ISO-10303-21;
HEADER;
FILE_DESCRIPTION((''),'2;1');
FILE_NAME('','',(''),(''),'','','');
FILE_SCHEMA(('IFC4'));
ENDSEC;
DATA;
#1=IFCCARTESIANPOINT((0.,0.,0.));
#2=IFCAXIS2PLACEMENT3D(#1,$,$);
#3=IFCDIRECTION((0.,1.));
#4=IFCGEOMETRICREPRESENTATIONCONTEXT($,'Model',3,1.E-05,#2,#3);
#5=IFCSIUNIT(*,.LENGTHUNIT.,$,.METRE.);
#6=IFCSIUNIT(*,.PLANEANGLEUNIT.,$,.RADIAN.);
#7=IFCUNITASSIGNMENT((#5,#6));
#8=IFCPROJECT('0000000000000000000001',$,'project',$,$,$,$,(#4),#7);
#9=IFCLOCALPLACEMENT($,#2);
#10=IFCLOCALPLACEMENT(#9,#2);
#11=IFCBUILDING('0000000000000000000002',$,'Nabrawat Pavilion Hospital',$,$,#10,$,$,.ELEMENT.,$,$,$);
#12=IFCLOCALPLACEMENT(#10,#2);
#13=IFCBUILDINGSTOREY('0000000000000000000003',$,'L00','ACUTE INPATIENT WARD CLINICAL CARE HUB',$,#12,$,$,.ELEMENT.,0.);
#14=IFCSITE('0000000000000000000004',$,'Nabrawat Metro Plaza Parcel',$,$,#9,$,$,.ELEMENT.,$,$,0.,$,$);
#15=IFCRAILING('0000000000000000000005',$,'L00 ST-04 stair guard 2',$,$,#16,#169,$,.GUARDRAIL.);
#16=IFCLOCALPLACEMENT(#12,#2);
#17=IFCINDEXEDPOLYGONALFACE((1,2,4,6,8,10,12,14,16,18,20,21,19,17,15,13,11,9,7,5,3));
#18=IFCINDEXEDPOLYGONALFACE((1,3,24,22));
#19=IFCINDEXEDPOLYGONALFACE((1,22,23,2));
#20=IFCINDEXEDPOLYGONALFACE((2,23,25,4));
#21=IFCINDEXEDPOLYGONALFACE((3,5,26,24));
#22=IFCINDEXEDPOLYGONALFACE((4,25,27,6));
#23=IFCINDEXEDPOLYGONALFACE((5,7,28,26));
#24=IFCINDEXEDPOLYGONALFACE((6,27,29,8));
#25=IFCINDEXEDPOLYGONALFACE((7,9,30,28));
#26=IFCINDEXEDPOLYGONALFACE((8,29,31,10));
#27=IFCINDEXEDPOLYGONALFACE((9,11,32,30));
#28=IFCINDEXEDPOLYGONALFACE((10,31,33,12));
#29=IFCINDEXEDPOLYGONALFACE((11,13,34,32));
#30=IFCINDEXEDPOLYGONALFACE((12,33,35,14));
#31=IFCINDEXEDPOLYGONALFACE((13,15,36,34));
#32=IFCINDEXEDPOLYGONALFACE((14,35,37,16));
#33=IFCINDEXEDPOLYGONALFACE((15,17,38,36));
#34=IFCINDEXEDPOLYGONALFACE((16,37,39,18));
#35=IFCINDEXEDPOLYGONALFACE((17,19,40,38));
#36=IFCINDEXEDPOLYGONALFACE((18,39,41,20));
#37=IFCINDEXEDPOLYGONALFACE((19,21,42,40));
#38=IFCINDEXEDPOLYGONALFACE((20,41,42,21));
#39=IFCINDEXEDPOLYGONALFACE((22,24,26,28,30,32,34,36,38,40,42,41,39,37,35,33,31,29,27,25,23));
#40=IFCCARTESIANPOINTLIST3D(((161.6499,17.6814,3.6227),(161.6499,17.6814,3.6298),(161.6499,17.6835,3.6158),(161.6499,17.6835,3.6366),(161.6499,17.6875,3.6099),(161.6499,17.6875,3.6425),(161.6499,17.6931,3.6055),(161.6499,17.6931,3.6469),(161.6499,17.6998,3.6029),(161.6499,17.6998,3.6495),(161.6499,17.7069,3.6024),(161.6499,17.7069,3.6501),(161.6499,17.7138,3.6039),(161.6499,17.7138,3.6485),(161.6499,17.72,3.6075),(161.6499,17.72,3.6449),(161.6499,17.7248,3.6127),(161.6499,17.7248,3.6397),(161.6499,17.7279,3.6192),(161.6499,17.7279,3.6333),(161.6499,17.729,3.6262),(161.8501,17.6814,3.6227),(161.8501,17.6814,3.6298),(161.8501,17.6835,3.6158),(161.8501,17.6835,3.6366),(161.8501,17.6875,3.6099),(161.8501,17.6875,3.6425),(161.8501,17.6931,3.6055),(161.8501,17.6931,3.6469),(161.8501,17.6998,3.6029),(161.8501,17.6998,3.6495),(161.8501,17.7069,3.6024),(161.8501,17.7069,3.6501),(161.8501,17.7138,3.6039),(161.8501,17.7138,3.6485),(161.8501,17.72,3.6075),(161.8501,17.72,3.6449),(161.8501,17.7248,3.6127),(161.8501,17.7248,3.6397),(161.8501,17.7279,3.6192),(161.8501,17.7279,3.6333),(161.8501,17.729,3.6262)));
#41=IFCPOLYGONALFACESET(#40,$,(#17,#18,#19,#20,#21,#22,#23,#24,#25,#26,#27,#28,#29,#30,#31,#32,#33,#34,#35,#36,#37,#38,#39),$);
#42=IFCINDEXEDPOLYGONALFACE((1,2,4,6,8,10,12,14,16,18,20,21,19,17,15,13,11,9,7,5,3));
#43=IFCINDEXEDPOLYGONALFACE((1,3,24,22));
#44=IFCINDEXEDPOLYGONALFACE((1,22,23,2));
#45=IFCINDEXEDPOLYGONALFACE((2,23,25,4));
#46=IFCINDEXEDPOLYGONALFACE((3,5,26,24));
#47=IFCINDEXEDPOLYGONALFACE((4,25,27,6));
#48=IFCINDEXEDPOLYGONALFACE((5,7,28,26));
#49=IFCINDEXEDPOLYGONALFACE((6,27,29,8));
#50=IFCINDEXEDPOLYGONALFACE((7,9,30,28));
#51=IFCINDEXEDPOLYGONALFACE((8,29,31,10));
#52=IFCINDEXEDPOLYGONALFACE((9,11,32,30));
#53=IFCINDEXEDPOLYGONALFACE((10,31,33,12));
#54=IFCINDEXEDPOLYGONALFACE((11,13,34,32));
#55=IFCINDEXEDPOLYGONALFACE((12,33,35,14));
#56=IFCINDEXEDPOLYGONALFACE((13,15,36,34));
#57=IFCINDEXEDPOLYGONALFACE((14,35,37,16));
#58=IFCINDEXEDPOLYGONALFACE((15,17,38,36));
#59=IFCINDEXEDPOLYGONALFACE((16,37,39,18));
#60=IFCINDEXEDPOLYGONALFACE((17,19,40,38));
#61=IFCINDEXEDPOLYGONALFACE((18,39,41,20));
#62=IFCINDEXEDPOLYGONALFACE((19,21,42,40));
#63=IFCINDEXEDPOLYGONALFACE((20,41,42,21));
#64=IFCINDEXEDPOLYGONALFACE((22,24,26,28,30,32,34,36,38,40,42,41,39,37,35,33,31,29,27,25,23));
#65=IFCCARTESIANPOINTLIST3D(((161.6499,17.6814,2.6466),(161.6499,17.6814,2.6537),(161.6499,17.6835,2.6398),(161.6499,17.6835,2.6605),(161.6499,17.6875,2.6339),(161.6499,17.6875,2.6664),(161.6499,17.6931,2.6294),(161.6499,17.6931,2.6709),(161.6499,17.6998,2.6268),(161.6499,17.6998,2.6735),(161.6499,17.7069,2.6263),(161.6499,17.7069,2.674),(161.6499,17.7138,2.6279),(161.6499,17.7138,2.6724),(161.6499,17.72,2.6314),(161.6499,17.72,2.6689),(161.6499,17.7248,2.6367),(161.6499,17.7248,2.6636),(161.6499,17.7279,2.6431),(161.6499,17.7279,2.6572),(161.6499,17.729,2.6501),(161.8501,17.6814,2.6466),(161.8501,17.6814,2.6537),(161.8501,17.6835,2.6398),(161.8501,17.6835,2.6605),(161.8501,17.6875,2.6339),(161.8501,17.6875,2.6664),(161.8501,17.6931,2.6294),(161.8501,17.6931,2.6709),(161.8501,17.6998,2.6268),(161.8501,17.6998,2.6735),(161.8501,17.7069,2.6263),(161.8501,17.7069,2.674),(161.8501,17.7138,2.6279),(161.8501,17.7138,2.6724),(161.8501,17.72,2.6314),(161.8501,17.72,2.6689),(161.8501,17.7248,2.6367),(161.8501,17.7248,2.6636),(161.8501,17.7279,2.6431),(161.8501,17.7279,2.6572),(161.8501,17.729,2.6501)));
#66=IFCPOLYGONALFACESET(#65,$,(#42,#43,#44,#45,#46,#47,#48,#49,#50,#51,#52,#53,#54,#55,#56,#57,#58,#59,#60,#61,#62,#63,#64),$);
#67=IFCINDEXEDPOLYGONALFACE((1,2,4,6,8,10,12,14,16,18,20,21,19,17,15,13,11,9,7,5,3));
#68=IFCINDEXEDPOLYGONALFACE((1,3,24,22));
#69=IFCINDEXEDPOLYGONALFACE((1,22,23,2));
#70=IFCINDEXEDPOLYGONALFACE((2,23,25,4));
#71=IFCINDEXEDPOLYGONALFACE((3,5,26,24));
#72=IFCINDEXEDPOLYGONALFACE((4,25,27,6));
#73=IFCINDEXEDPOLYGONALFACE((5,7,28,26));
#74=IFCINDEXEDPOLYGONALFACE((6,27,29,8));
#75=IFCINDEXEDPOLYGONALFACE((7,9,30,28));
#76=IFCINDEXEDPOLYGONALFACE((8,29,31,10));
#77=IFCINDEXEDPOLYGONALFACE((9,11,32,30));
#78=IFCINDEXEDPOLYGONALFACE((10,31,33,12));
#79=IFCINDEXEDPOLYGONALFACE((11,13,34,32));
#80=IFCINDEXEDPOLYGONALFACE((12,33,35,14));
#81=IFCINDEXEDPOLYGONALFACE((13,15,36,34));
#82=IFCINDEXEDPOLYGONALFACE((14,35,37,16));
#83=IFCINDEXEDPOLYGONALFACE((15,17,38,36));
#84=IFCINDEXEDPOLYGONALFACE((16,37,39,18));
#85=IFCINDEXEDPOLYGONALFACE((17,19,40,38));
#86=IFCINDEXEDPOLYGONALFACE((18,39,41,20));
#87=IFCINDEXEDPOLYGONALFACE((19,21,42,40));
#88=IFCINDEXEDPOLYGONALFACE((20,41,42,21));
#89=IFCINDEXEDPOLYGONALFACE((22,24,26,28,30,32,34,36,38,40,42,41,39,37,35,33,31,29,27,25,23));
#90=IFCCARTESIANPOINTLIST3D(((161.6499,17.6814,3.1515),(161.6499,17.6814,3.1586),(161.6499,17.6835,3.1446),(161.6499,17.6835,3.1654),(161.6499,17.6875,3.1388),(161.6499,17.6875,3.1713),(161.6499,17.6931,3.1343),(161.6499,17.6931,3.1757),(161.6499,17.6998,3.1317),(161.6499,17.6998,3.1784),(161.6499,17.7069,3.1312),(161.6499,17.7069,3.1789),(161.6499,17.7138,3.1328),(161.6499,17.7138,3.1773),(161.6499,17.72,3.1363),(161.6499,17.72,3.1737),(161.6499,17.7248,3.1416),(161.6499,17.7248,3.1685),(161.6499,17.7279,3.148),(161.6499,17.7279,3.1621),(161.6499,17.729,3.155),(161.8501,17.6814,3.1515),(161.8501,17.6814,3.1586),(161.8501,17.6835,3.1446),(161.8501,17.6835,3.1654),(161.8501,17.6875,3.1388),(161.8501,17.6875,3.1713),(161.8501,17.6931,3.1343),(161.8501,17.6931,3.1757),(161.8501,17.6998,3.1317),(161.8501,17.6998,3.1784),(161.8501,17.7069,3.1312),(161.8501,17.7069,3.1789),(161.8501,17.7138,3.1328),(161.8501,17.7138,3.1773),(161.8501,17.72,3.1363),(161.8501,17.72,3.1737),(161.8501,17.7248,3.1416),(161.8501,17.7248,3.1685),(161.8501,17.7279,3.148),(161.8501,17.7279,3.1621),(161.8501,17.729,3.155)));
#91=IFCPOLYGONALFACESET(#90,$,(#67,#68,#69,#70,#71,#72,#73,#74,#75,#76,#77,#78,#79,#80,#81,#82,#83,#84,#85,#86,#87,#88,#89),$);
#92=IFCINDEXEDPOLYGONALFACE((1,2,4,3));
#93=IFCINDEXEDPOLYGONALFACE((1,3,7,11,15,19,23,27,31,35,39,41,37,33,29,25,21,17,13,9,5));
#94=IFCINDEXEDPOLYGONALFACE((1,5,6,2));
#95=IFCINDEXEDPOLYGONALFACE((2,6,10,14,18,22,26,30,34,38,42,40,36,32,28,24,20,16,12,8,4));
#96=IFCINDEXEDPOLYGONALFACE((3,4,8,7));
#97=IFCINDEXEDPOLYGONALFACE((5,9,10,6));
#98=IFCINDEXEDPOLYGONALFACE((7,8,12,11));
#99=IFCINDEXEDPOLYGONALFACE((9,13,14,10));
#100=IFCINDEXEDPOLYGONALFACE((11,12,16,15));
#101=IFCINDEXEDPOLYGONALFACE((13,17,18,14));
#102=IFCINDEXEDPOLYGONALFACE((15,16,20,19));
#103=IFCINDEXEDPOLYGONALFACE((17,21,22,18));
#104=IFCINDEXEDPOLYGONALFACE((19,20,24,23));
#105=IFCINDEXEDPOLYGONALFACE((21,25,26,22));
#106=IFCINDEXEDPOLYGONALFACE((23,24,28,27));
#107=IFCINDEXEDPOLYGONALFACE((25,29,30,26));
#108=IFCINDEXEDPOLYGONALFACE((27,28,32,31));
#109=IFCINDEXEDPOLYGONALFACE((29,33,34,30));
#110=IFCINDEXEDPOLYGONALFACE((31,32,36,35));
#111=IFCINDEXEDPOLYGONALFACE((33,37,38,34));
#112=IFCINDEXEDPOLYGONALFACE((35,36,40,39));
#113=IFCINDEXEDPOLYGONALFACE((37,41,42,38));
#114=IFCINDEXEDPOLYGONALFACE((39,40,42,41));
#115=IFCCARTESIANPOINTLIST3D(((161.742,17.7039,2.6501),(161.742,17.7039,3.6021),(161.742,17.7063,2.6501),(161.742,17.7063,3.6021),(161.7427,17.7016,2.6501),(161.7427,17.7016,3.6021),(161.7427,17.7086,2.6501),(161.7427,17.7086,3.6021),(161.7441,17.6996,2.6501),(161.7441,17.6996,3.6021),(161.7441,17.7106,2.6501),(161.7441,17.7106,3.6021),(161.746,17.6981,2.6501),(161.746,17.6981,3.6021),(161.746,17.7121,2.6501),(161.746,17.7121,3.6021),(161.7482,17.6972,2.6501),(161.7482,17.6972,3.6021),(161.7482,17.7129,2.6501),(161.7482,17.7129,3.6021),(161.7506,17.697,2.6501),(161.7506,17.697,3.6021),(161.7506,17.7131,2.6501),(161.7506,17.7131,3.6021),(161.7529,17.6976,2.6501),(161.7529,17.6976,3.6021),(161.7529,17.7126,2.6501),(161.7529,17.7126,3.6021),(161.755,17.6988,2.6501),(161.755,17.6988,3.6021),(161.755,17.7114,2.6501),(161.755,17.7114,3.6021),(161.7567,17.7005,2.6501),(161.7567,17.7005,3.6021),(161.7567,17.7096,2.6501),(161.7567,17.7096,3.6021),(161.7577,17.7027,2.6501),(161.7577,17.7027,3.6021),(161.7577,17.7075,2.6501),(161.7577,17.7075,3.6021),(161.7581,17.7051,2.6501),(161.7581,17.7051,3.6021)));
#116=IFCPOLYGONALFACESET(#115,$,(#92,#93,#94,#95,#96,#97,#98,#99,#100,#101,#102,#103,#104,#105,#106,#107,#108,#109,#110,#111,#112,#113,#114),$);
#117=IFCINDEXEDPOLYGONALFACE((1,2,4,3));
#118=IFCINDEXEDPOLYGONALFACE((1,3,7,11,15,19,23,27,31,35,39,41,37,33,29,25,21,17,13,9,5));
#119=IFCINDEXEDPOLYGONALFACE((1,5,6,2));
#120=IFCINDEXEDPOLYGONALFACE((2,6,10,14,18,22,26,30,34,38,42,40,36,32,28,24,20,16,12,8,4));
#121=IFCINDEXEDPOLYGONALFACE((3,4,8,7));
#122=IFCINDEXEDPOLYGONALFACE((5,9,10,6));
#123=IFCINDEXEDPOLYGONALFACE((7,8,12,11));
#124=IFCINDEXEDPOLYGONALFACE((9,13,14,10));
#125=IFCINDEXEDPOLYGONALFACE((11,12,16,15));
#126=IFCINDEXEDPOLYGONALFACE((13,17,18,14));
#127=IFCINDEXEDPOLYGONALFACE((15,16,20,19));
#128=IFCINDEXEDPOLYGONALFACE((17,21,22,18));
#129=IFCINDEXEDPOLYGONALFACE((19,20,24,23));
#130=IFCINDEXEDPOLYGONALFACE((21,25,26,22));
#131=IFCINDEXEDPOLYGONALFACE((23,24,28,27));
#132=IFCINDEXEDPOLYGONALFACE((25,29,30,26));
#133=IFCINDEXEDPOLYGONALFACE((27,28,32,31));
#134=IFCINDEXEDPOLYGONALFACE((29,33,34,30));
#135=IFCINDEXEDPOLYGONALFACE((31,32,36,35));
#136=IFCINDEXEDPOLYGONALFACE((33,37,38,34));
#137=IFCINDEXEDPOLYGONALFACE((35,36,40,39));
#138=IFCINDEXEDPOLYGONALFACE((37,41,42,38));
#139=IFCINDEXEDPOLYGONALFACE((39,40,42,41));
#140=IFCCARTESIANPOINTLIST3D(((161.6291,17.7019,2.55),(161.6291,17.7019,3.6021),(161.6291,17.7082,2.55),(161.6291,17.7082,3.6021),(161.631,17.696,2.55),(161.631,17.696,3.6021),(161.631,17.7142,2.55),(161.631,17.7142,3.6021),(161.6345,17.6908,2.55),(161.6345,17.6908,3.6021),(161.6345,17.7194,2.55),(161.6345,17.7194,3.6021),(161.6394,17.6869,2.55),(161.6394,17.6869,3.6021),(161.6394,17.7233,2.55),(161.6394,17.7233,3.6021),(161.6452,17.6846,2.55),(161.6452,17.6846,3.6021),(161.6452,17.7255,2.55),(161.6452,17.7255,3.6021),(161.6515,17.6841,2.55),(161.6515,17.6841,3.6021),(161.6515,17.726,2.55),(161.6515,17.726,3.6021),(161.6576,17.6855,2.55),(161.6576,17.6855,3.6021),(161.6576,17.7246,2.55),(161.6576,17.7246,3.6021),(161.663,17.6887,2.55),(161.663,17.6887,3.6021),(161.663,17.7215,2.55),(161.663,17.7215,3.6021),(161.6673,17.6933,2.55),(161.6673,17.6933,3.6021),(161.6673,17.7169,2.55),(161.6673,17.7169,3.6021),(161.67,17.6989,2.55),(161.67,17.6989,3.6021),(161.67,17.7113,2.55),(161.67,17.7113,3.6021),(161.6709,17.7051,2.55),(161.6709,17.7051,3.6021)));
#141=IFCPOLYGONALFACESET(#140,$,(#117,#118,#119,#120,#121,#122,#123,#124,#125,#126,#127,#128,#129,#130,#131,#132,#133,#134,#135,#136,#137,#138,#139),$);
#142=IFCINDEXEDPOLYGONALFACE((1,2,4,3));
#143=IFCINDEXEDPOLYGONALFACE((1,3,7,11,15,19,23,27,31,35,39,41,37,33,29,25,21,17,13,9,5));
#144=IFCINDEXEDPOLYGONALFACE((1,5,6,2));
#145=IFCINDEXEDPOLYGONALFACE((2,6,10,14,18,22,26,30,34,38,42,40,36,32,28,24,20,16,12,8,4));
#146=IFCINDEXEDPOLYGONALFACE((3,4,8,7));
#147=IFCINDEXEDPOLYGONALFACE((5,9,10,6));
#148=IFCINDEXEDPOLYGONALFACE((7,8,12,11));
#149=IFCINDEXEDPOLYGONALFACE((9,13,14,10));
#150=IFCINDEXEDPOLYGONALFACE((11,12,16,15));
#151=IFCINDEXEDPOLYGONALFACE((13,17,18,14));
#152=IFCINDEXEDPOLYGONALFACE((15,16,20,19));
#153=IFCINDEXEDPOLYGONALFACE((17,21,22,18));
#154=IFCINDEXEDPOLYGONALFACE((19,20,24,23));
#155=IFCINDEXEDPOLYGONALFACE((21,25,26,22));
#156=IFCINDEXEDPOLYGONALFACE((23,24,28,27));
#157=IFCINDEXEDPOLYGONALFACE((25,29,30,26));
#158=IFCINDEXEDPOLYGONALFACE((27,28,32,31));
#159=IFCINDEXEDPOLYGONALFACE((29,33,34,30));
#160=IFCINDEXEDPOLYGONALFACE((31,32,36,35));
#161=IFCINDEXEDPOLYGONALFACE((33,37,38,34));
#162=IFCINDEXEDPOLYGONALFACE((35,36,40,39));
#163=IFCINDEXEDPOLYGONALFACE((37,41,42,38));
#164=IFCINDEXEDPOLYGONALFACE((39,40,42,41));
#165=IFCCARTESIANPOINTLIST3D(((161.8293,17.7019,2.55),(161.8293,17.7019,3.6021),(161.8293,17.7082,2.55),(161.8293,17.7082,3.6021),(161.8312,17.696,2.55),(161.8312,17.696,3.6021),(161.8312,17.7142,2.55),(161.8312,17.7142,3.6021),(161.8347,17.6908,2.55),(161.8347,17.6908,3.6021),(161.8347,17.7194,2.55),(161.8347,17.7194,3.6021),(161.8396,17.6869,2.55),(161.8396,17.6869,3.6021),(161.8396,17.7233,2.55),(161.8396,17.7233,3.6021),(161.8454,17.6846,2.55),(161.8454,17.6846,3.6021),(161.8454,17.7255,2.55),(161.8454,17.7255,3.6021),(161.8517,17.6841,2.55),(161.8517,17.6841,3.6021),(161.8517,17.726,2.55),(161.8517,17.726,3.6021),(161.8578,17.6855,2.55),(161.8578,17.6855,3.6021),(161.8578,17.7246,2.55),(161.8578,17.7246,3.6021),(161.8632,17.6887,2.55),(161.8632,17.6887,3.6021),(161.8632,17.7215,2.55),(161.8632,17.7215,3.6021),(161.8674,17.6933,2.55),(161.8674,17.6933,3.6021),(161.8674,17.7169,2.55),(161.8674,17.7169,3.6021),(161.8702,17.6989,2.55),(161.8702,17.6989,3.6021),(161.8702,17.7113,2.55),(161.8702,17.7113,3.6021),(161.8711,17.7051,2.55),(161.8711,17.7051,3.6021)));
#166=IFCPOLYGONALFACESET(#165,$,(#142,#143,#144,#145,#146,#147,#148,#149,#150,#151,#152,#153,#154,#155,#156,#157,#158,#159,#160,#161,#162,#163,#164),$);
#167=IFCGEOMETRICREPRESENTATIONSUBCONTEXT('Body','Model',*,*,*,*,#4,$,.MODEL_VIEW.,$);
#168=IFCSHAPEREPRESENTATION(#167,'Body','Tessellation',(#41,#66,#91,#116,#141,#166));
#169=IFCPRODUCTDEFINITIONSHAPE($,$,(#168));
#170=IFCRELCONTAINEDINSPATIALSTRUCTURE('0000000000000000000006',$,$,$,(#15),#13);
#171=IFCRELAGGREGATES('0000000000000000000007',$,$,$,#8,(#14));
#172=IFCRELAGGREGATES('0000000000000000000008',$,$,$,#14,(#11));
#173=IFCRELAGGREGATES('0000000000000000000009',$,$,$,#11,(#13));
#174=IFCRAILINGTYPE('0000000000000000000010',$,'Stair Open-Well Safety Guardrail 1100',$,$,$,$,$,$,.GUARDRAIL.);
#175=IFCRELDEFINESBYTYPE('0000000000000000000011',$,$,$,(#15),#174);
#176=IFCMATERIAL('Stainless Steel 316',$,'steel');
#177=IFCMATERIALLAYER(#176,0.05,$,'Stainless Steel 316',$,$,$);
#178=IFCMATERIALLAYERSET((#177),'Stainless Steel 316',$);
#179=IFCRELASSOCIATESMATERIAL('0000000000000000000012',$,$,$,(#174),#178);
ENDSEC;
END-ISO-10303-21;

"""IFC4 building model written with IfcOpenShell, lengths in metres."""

from ifc_helpers import new_model, si_unit, direction, frame, origin, origin_2d, place, context, subcontext, project, spatial, circle, extrude, material, layer, layer_set, type_object, element, save


model = new_model("IFC4")

# Units and contexts
model_context = context("Model", 3, precision=1e-05, world=origin(), true_north=direction((0.0, 1.0)))
body_context = subcontext(model_context, "Body", "Model", "MODEL_VIEW")
ifc_project = project(units=[si_unit("LENGTHUNIT", "METRE"), si_unit("PLANEANGLEUNIT", "RADIAN")], contexts=[model_context])

# Site, building, storey
site_placement = place(None, origin())
site = spatial("IfcSite", under=ifc_project, at=site_placement, Name="Nabrawat Metro Plaza Parcel", CompositionType="ELEMENT", RefElevation=0.0)
building_placement = place(site_placement, origin())
building = spatial("IfcBuilding", under=site, at=building_placement, Name="Nabrawat Pavilion Hospital", CompositionType="ELEMENT")
storey_placement = place(building_placement, origin())
storey = spatial("IfcBuildingStorey", under=building, at=storey_placement, Name="L00", Description="ACUTE INPATIENT WARD CLINICAL CARE HUB", CompositionType="ELEMENT", Elevation=0.0)

# Railing
ifc_material_1 = material(Name="Stainless Steel 316", Category="steel")
ifc_layer_1 = layer(ifc_material_1, 0.05, Name="Stainless Steel 316")
ifc_layer_set_1 = layer_set([ifc_layer_1], Name="Stainless Steel 316")
railing_type_1 = type_object("IfcRailingType", Name="Stair Open-Well Safety Guardrail 1100", PredefinedType="GUARDRAIL", material=ifc_layer_set_1)
railing_1_placement = place(storey_placement, frame((161.6499, 17.7051, 2.55)))
element("IfcRailing", 1, at=railing_1_placement, inside=storey, type_object=railing_type_1, Name="L00 ST-04 stair guard 2", PredefinedType="GUARDRAIL", context=body_context, shape_type="SweptSolid", body=[
    extrude(circle(Radius=0.0239, at=origin_2d()), frame((0.0, 0.0, 1.0762), z_axis=(1.0, 0.0, 0.0), x_axis=(0.0, 1.0, 0.0)), (0.0, 0.0, 1.0), 0.2002),
    extrude(circle(Radius=0.0239, at=origin_2d()), frame((0.0, 0.0, 0.1001), z_axis=(1.0, 0.0, 0.0), x_axis=(0.0, 1.0, 0.0)), (0.0, 0.0, 1.0), 0.2002),
    extrude(circle(Radius=0.0239, at=origin_2d()), frame((0.0, 0.0, 0.605), z_axis=(1.0, 0.0, 0.0), x_axis=(0.0, 1.0, 0.0)), (0.0, 0.0, 1.0), 0.2002),
    extrude(circle(Radius=0.0081, at=origin_2d()), frame((0.1001, 0.0, 0.1001)), (0.0, 0.0, 1.0), 0.9519),
    extrude(circle(Radius=0.021, at=origin_2d()), origin(), (0.0, 0.0, 1.0), 1.052),
    extrude(circle(Radius=0.021, at=origin_2d()), frame((0.2002, 0.0, 0.0)), (0.0, 0.0, 1.0), 1.052),
])

save(model, "model.ifc")
